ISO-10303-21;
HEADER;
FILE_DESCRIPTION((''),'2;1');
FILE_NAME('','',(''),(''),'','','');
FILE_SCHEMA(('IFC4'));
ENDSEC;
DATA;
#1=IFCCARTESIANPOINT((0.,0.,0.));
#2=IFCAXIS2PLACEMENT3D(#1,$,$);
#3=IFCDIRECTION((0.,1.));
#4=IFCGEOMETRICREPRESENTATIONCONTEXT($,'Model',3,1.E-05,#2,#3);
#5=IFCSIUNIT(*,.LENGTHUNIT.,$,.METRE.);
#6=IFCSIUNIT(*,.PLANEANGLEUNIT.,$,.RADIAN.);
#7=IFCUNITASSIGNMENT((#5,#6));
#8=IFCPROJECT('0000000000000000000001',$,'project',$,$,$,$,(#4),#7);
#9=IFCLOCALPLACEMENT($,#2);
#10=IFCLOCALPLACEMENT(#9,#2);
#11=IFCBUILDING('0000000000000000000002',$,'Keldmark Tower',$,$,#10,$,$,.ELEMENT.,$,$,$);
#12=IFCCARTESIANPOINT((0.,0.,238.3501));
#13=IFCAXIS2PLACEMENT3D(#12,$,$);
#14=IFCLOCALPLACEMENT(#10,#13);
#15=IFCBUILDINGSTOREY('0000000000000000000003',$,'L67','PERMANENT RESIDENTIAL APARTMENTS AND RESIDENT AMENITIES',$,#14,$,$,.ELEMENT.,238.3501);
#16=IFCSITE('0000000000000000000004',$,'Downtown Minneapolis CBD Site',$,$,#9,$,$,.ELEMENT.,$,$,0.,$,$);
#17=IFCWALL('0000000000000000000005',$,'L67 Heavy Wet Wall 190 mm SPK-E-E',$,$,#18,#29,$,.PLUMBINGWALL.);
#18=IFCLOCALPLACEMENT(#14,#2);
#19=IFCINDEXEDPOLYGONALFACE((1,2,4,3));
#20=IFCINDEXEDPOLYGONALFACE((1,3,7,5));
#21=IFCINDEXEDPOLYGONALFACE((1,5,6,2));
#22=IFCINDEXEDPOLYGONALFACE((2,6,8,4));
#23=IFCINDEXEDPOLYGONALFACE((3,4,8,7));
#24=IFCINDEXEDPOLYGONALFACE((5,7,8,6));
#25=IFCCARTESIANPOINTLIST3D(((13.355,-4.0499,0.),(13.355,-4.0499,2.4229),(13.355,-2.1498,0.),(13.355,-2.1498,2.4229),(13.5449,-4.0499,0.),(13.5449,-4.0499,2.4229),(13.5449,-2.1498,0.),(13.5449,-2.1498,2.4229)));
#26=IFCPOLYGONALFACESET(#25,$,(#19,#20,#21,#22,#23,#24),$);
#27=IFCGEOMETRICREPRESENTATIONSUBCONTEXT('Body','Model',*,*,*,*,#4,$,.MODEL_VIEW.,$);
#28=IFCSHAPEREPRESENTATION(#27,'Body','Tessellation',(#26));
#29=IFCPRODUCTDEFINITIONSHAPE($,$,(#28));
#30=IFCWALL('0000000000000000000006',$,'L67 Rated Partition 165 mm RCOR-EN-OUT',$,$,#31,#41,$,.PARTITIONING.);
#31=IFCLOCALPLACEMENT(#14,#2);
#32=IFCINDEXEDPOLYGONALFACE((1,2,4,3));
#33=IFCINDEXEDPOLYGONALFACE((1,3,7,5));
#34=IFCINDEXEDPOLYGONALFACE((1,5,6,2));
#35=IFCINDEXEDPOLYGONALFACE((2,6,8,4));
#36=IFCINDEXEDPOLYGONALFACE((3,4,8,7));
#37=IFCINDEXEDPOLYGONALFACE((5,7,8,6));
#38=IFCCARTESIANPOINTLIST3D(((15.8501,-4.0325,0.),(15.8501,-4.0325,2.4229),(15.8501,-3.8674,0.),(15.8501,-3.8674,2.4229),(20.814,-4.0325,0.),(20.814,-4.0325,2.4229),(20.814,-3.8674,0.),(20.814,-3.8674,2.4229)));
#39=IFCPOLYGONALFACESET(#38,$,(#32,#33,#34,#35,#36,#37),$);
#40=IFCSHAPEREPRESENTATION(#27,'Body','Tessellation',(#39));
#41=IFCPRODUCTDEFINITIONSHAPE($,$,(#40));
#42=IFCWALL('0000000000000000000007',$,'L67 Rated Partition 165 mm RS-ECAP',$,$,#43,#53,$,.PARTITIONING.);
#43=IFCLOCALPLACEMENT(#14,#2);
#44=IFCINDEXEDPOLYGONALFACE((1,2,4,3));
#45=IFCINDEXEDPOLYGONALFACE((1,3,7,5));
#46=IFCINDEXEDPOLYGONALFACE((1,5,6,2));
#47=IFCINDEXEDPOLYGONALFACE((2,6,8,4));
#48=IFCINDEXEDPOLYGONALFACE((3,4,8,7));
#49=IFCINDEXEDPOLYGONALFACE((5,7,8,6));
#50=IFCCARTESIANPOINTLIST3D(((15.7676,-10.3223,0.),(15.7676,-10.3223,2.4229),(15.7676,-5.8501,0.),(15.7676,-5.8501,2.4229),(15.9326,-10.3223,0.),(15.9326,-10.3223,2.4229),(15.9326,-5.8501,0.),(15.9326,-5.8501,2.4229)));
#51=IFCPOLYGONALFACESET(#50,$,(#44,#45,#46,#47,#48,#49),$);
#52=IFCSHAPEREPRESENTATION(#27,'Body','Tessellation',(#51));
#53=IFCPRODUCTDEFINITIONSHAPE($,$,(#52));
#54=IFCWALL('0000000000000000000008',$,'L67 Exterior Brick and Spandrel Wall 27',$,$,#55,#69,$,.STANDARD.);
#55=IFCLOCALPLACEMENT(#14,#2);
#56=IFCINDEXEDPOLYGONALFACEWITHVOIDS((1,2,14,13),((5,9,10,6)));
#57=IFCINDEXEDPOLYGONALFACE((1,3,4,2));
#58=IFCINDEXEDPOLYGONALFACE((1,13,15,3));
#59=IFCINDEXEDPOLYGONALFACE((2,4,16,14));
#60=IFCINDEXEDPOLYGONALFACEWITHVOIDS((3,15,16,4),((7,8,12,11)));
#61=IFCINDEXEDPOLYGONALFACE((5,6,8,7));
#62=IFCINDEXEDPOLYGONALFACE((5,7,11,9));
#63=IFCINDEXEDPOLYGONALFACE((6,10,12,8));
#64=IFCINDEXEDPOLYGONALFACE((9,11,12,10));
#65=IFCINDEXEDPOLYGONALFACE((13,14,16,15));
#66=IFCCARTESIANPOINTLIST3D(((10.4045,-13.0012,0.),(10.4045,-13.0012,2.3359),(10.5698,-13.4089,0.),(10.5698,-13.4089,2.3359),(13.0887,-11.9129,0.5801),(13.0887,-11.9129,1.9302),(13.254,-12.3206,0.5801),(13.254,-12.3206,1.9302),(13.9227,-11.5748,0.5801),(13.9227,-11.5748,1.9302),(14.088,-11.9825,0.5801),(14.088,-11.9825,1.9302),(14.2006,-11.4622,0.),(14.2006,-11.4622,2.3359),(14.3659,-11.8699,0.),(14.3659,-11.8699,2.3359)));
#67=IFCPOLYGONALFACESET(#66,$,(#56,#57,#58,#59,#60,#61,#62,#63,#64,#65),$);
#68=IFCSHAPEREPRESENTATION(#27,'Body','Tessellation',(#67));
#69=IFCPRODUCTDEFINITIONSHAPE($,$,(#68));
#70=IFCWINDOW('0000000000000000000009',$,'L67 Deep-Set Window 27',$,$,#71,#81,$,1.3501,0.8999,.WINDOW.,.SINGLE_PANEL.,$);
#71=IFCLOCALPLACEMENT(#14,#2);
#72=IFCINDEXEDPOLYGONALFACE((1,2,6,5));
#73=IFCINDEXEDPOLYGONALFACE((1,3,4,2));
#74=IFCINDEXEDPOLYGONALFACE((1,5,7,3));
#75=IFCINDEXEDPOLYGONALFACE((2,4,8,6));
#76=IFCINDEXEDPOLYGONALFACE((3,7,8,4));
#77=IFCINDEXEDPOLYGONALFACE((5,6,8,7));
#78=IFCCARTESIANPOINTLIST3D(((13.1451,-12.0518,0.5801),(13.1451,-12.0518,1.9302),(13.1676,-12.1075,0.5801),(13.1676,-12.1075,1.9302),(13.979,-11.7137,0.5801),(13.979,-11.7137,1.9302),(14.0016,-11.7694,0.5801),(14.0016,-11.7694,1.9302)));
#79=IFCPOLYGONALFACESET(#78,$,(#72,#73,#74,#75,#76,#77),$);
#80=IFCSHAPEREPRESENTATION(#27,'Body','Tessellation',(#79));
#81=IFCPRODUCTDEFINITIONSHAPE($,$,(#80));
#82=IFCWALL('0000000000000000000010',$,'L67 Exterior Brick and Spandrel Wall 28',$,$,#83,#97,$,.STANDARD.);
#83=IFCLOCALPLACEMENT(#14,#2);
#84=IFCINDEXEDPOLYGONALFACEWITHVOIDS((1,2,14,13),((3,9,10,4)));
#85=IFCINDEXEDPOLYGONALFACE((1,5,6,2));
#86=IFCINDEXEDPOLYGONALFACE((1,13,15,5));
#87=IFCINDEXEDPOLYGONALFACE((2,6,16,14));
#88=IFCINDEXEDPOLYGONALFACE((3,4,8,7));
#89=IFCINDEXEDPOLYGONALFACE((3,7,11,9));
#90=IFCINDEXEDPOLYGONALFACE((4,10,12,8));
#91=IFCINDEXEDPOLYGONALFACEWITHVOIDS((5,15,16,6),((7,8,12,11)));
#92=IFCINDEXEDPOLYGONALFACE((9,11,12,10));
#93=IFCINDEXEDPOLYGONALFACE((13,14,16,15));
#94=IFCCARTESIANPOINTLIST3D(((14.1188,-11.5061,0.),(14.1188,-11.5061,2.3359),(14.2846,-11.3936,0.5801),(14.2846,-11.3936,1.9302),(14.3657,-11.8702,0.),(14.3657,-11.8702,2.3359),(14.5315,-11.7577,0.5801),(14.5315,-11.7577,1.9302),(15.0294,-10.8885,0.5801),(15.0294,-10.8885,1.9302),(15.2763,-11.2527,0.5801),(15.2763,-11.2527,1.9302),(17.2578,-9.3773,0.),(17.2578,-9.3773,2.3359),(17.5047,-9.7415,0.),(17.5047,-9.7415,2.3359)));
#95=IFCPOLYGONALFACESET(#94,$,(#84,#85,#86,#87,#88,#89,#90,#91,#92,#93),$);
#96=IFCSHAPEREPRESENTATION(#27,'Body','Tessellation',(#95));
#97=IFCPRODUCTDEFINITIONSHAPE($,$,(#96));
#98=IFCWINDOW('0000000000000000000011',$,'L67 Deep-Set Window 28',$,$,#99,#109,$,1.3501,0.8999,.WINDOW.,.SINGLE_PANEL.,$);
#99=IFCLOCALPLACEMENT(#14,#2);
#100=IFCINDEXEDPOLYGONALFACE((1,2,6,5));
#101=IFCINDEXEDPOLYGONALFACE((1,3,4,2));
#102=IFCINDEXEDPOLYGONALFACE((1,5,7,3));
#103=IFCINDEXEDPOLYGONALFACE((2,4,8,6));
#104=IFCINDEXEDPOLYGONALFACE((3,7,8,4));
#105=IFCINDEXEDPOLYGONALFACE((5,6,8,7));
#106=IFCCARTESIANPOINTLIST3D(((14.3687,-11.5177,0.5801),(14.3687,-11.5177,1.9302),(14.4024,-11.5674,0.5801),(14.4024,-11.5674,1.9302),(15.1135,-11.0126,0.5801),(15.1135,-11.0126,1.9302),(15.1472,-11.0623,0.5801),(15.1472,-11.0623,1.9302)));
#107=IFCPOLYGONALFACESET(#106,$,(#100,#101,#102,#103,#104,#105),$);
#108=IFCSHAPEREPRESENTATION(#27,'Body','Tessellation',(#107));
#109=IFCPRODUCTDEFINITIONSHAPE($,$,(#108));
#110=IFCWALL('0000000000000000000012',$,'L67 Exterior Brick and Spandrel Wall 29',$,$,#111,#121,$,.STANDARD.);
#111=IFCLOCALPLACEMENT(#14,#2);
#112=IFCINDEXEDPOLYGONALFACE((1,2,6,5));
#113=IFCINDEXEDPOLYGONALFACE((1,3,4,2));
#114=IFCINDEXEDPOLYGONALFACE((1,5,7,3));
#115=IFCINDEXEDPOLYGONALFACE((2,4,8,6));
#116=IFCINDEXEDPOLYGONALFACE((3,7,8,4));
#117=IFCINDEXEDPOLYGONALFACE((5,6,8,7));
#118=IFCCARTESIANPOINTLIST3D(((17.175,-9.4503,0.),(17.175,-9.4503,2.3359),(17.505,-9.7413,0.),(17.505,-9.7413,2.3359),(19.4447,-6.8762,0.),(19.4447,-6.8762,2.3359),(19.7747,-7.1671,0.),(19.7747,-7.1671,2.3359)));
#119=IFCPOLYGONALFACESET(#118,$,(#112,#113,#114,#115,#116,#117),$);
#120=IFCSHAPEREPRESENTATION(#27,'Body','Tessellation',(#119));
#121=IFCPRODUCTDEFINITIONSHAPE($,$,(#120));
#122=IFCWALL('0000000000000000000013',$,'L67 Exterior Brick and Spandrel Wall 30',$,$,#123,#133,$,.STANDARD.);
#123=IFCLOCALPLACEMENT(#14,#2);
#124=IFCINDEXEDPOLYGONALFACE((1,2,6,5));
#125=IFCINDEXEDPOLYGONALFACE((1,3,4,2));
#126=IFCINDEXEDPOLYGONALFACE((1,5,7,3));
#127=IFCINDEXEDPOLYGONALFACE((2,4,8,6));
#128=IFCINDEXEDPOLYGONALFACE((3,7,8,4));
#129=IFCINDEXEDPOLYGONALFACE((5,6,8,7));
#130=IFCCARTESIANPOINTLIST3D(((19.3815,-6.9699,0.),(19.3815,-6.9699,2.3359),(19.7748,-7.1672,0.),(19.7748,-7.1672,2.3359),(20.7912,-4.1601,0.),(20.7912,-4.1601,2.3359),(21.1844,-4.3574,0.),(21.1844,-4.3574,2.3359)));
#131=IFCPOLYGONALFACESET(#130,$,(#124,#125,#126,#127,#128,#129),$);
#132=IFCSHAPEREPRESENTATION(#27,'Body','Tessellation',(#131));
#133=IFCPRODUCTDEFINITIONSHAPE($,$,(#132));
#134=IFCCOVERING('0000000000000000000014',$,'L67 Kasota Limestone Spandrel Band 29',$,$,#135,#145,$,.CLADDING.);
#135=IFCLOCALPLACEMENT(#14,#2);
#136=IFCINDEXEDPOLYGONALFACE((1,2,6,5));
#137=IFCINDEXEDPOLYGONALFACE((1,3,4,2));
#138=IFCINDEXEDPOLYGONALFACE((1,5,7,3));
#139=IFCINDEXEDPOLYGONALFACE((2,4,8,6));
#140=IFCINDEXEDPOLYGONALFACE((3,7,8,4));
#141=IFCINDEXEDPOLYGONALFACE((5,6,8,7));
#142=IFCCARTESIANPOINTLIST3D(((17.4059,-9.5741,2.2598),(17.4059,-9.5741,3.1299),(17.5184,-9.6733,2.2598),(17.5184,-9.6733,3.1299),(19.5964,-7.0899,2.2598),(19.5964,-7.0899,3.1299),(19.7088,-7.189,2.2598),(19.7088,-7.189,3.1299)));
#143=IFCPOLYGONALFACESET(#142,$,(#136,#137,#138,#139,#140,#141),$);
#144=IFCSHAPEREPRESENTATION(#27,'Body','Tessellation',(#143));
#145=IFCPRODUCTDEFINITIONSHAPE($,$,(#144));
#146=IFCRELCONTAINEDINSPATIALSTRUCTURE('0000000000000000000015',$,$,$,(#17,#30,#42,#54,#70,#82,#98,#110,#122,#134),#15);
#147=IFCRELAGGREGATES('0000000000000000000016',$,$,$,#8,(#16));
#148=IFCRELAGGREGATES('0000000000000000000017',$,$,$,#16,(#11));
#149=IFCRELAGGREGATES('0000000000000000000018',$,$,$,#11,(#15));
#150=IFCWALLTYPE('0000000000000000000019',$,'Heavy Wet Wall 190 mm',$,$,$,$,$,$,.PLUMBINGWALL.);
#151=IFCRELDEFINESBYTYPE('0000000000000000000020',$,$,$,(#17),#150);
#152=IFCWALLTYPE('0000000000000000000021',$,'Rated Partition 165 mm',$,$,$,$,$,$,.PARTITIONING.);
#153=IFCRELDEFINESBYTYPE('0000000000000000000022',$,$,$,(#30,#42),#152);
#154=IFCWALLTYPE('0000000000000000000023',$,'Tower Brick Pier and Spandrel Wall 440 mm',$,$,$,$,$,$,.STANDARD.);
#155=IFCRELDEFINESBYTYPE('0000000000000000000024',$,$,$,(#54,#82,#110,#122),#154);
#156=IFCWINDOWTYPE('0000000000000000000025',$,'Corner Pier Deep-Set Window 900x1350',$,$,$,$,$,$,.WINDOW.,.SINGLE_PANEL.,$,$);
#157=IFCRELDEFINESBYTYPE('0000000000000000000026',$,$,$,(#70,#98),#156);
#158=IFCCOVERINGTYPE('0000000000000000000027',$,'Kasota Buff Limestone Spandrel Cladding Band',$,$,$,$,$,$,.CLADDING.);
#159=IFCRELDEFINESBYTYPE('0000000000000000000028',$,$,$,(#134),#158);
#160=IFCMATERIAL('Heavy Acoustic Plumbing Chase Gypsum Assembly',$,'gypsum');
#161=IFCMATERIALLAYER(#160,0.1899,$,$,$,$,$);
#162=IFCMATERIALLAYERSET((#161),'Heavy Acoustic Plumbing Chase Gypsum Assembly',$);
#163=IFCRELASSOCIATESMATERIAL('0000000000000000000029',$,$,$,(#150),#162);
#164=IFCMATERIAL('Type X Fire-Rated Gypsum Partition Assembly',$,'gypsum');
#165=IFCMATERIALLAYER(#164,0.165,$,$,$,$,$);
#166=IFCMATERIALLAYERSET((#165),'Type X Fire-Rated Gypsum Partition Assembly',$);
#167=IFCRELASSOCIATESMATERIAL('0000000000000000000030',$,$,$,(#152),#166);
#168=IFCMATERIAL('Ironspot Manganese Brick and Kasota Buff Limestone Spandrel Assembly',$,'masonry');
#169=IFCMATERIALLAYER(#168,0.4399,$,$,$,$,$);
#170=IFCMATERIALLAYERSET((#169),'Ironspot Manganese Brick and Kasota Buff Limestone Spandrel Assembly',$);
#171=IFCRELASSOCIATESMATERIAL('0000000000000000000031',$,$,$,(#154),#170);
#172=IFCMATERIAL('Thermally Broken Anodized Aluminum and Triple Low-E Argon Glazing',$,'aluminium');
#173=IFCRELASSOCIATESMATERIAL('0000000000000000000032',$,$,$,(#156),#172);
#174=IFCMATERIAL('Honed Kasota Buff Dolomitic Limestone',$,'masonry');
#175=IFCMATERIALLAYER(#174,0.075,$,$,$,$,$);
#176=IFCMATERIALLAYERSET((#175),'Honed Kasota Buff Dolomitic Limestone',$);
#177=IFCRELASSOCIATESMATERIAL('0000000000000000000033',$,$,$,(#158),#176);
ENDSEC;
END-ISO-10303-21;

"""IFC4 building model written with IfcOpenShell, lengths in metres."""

from ifc_helpers import new_model, si_unit, direction, frame, frame_2d, origin, origin_2d, place, context, subcontext, project, spatial, rectangle, extrude, material, layer, layer_set, type_object, element, fill, save


model = new_model("IFC4")

# Units and contexts
model_context = context("Model", 3, precision=1e-05, world=origin(), true_north=direction((0.0, 1.0)))
body_context = subcontext(model_context, "Body", "Model", "MODEL_VIEW")
ifc_project = project(units=[si_unit("LENGTHUNIT", "METRE"), si_unit("PLANEANGLEUNIT", "RADIAN")], contexts=[model_context])

# Site, building, storey
site_placement = place(None, origin())
site = spatial("IfcSite", under=ifc_project, at=site_placement, Name="Downtown Minneapolis CBD Site", CompositionType="ELEMENT", RefElevation=0.0)
building_placement = place(site_placement, origin())
building = spatial("IfcBuilding", under=site, at=building_placement, Name="Keldmark Tower", CompositionType="ELEMENT")
storey_placement = place(building_placement, frame((0.0, 0.0, 238.3501)))
storey = spatial("IfcBuildingStorey", under=building, at=storey_placement, Name="L67", Description="PERMANENT RESIDENTIAL APARTMENTS AND RESIDENT AMENITIES", CompositionType="ELEMENT", Elevation=238.3501)

# Walls
ifc_material_1 = material(Name="Heavy Acoustic Plumbing Chase Gypsum Assembly", Category="gypsum")
ifc_layer_1 = layer(ifc_material_1, 0.1899)
ifc_layer_set_1 = layer_set([ifc_layer_1], Name="Heavy Acoustic Plumbing Chase Gypsum Assembly")
wall_type_1 = type_object("IfcWallType", Name="Heavy Wet Wall 190 mm", PredefinedType="PLUMBINGWALL", material=ifc_layer_set_1)
wall_1_placement = place(storey_placement, frame((13.45, -4.05, 0.0), z_axis=(0.0, 0.0, 1.0), x_axis=(0.0, 1.0, 0.0)))
element("IfcWall", 1, at=wall_1_placement, inside=storey, type_object=wall_type_1, Name="L67 Heavy Wet Wall 190 mm SPK-E-E", PredefinedType="PLUMBINGWALL", context=body_context, shape_type="SweptSolid", body=[
    extrude(rectangle(XDim=1.9001, YDim=0.1899, at=frame_2d((0.9502, 0.0))), origin(), (0.0, 0.0, 1.0), 2.4229),
])
ifc_material_2 = material(Name="Type X Fire-Rated Gypsum Partition Assembly", Category="gypsum")
ifc_layer_2 = layer(ifc_material_2, 0.165)
ifc_layer_set_2 = layer_set([ifc_layer_2], Name="Type X Fire-Rated Gypsum Partition Assembly")
wall_type_2 = type_object("IfcWallType", Name="Rated Partition 165 mm", PredefinedType="PARTITIONING", material=ifc_layer_set_2)
wall_2_placement = place(storey_placement, frame((15.8501, -3.95, 0.0), z_axis=(0.0, 0.0, 1.0), x_axis=(1.0, 0.0, 0.0)))
element("IfcWall", 2, at=wall_2_placement, inside=storey, type_object=wall_type_2, Name="L67 Rated Partition 165 mm RCOR-EN-OUT", PredefinedType="PARTITIONING", context=body_context, shape_type="SweptSolid", body=[
    extrude(rectangle(XDim=4.9639, YDim=0.165, at=frame_2d((2.4819, 0.0))), origin(), (0.0, 0.0, 1.0), 2.4229),
])

# Wall
wall_3_placement = place(storey_placement, frame((15.8501, -10.3223, 0.0), z_axis=(0.0, 0.0, 1.0), x_axis=(0.0, 1.0, 0.0)))
element("IfcWall", 3, at=wall_3_placement, inside=storey, type_object=wall_type_2, Name="L67 Rated Partition 165 mm RS-ECAP", PredefinedType="PARTITIONING", context=body_context, shape_type="SweptSolid", body=[
    extrude(rectangle(XDim=4.4722, YDim=0.165, at=frame_2d((2.2361, 0.0))), origin(), (0.0, 0.0, 1.0), 2.4229),
])

# Walls, openings, windows
ifc_material_3 = material(Name="Ironspot Manganese Brick and Kasota Buff Limestone Spandrel Assembly", Category="masonry")
ifc_layer_3 = layer(ifc_material_3, 0.4399)
ifc_layer_set_3 = layer_set([ifc_layer_3], Name="Ironspot Manganese Brick and Kasota Buff Limestone Spandrel Assembly")
wall_type_3 = type_object("IfcWallType", Name="Tower Brick Pier and Spandrel Wall 440 mm", PredefinedType="STANDARD", material=ifc_layer_set_3)
wall_4_placement = place(storey_placement, frame((14.2832, -11.666, 0.0), z_axis=(0.0, 0.0, 1.0), x_axis=(-0.926732, -0.375723, 0.0)))
wall_4 = element("IfcWall", 4, at=wall_4_placement, inside=storey, type_object=wall_type_3, Name="L67 Exterior Brick and Spandrel Wall 27", PredefinedType="STANDARD", context=body_context, shape_type="SweptSolid", body=[
    extrude(rectangle(XDim=4.0962, YDim=0.4399, at=frame_2d((2.0481, 0.0))), origin(), (0.0, 0.0, 1.0), 2.3359),
])
opening_1_placement = place(wall_4_placement, frame((0.2998, 0.0, 0.5801)))
opening_1 = element("IfcOpeningElement", 5, at=opening_1_placement, cuts=wall_4, PredefinedType="OPENING", context=body_context, shape_type="SweptSolid", body=[
    extrude(rectangle(XDim=0.8999, YDim=1.3501, at=frame_2d((0.45, 0.675))), frame((0.0, 0.23, 0.0), z_axis=(0.0, -1.0, 0.0), x_axis=(1.0, 0.0, 0.0)), (0.0, 0.0, 1.0), 0.46),
])
ifc_material_4 = material(Name="Thermally Broken Anodized Aluminum and Triple Low-E Argon Glazing", Category="aluminium")
window_type = type_object("IfcWindowType", Name="Corner Pier Deep-Set Window 900x1350", PartitioningType="SINGLE_PANEL", PredefinedType="WINDOW", material=ifc_material_4)
window_1_placement = place(opening_1_placement, origin())
window_1 = element("IfcWindow", 6, at=window_1_placement, inside=storey, type_object=window_type, Name="L67 Deep-Set Window 27", OverallHeight=1.3501, OverallWidth=0.8999, PartitioningType="SINGLE_PANEL", PredefinedType="WINDOW", context=body_context, shape_type="SweptSolid", body=[
    extrude(rectangle(XDim=0.8999, YDim=1.3501, at=frame_2d((0.45, 0.675))), frame((0.0, -0.01, 0.0), z_axis=(0.0, -1.0, 0.0), x_axis=(1.0, 0.0, 0.0)), (0.0, 0.0, 1.0), 0.0601),
])
fill(opening_1, window_1)
wall_5_placement = place(storey_placement, frame((17.3813, -9.5593, 0.0), z_axis=(0.0, 0.0, 1.0), x_axis=(-0.827637, -0.561264, 0.0)))
wall_5 = element("IfcWall", 7, at=wall_5_placement, inside=storey, type_object=wall_type_3, Name="L67 Exterior Brick and Spandrel Wall 28", PredefinedType="STANDARD", context=body_context, shape_type="SweptSolid", body=[
    extrude(rectangle(XDim=3.7927, YDim=0.4399, at=frame_2d((1.8965, 0.0))), origin(), (0.0, 0.0, 1.0), 2.3359),
])
opening_2_placement = place(wall_5_placement, frame((2.6926, 0.0, 0.5801)))
opening_2 = element("IfcOpeningElement", 8, at=opening_2_placement, cuts=wall_5, PredefinedType="OPENING", context=body_context, shape_type="SweptSolid", body=[
    extrude(rectangle(XDim=0.8999, YDim=1.3501, at=frame_2d((0.45, 0.675))), frame((0.0, 0.23, 0.0), z_axis=(0.0, -1.0, 0.0), x_axis=(1.0, 0.0, 0.0)), (0.0, 0.0, 1.0), 0.46),
])
window_2_placement = place(opening_2_placement, origin())
window_2 = element("IfcWindow", 9, at=window_2_placement, inside=storey, type_object=window_type, Name="L67 Deep-Set Window 28", OverallHeight=1.3501, OverallWidth=0.8999, PartitioningType="SINGLE_PANEL", PredefinedType="WINDOW", context=body_context, shape_type="SweptSolid", body=[
    extrude(rectangle(XDim=0.8999, YDim=1.3501, at=frame_2d((0.45, 0.675))), frame((0.0, -0.01, 0.0), z_axis=(0.0, -1.0, 0.0), x_axis=(1.0, 0.0, 0.0)), (0.0, 0.0, 1.0), 0.0601),
])
fill(opening_2, window_2)

# Walls
wall_6_placement = place(storey_placement, frame((19.6096, -7.0217, 0.0), z_axis=(0.0, 0.0, 1.0), x_axis=(-0.66136, -0.750068, 0.0)))
element("IfcWall", 10, at=wall_6_placement, inside=storey, type_object=wall_type_3, Name="L67 Exterior Brick and Spandrel Wall 29", PredefinedType="STANDARD", context=body_context, shape_type="SweptSolid", body=[
    extrude(rectangle(XDim=3.4319, YDim=0.4399, at=frame_2d((1.7158, 0.0))), origin(), (0.0, 0.0, 1.0), 2.3359),
])
wall_7_placement = place(storey_placement, frame((20.9878, -4.2588, 0.0), z_axis=(0.0, 0.0, 1.0), x_axis=(-0.448425, -0.893821, 0.0)))
element("IfcWall", 11, at=wall_7_placement, inside=storey, type_object=wall_type_3, Name="L67 Exterior Brick and Spandrel Wall 30", PredefinedType="STANDARD", context=body_context, shape_type="SweptSolid", body=[
    extrude(rectangle(XDim=3.1436, YDim=0.4399, at=frame_2d((1.5718, 0.0))), origin(), (0.0, 0.0, 1.0), 2.3359),
])

# Covering
ifc_material_5 = material(Name="Honed Kasota Buff Dolomitic Limestone", Category="masonry")
ifc_layer_4 = layer(ifc_material_5, 0.075)
ifc_layer_set_4 = layer_set([ifc_layer_4], Name="Honed Kasota Buff Dolomitic Limestone")
covering_type = type_object("IfcCoveringType", Name="Kasota Buff Limestone Spandrel Cladding Band", PredefinedType="CLADDING", material=ifc_layer_set_4)
covering_placement = place(storey_placement, frame((18.5574, -8.3816, 2.2598), z_axis=(0.0, 0.0, 1.0), x_axis=(0.661364, 0.750065, 0.0)))
element("IfcCovering", 12, at=covering_placement, inside=storey, type_object=covering_type, Name="L67 Kasota Limestone Spandrel Band 29", PredefinedType="CLADDING", context=body_context, shape_type="SweptSolid", body=[
    extrude(rectangle(XDim=3.312, YDim=0.1499, at=origin_2d()), origin(), (0.0, 0.0, 1.0), 0.8701),
])

save(model, "model.ifc")
